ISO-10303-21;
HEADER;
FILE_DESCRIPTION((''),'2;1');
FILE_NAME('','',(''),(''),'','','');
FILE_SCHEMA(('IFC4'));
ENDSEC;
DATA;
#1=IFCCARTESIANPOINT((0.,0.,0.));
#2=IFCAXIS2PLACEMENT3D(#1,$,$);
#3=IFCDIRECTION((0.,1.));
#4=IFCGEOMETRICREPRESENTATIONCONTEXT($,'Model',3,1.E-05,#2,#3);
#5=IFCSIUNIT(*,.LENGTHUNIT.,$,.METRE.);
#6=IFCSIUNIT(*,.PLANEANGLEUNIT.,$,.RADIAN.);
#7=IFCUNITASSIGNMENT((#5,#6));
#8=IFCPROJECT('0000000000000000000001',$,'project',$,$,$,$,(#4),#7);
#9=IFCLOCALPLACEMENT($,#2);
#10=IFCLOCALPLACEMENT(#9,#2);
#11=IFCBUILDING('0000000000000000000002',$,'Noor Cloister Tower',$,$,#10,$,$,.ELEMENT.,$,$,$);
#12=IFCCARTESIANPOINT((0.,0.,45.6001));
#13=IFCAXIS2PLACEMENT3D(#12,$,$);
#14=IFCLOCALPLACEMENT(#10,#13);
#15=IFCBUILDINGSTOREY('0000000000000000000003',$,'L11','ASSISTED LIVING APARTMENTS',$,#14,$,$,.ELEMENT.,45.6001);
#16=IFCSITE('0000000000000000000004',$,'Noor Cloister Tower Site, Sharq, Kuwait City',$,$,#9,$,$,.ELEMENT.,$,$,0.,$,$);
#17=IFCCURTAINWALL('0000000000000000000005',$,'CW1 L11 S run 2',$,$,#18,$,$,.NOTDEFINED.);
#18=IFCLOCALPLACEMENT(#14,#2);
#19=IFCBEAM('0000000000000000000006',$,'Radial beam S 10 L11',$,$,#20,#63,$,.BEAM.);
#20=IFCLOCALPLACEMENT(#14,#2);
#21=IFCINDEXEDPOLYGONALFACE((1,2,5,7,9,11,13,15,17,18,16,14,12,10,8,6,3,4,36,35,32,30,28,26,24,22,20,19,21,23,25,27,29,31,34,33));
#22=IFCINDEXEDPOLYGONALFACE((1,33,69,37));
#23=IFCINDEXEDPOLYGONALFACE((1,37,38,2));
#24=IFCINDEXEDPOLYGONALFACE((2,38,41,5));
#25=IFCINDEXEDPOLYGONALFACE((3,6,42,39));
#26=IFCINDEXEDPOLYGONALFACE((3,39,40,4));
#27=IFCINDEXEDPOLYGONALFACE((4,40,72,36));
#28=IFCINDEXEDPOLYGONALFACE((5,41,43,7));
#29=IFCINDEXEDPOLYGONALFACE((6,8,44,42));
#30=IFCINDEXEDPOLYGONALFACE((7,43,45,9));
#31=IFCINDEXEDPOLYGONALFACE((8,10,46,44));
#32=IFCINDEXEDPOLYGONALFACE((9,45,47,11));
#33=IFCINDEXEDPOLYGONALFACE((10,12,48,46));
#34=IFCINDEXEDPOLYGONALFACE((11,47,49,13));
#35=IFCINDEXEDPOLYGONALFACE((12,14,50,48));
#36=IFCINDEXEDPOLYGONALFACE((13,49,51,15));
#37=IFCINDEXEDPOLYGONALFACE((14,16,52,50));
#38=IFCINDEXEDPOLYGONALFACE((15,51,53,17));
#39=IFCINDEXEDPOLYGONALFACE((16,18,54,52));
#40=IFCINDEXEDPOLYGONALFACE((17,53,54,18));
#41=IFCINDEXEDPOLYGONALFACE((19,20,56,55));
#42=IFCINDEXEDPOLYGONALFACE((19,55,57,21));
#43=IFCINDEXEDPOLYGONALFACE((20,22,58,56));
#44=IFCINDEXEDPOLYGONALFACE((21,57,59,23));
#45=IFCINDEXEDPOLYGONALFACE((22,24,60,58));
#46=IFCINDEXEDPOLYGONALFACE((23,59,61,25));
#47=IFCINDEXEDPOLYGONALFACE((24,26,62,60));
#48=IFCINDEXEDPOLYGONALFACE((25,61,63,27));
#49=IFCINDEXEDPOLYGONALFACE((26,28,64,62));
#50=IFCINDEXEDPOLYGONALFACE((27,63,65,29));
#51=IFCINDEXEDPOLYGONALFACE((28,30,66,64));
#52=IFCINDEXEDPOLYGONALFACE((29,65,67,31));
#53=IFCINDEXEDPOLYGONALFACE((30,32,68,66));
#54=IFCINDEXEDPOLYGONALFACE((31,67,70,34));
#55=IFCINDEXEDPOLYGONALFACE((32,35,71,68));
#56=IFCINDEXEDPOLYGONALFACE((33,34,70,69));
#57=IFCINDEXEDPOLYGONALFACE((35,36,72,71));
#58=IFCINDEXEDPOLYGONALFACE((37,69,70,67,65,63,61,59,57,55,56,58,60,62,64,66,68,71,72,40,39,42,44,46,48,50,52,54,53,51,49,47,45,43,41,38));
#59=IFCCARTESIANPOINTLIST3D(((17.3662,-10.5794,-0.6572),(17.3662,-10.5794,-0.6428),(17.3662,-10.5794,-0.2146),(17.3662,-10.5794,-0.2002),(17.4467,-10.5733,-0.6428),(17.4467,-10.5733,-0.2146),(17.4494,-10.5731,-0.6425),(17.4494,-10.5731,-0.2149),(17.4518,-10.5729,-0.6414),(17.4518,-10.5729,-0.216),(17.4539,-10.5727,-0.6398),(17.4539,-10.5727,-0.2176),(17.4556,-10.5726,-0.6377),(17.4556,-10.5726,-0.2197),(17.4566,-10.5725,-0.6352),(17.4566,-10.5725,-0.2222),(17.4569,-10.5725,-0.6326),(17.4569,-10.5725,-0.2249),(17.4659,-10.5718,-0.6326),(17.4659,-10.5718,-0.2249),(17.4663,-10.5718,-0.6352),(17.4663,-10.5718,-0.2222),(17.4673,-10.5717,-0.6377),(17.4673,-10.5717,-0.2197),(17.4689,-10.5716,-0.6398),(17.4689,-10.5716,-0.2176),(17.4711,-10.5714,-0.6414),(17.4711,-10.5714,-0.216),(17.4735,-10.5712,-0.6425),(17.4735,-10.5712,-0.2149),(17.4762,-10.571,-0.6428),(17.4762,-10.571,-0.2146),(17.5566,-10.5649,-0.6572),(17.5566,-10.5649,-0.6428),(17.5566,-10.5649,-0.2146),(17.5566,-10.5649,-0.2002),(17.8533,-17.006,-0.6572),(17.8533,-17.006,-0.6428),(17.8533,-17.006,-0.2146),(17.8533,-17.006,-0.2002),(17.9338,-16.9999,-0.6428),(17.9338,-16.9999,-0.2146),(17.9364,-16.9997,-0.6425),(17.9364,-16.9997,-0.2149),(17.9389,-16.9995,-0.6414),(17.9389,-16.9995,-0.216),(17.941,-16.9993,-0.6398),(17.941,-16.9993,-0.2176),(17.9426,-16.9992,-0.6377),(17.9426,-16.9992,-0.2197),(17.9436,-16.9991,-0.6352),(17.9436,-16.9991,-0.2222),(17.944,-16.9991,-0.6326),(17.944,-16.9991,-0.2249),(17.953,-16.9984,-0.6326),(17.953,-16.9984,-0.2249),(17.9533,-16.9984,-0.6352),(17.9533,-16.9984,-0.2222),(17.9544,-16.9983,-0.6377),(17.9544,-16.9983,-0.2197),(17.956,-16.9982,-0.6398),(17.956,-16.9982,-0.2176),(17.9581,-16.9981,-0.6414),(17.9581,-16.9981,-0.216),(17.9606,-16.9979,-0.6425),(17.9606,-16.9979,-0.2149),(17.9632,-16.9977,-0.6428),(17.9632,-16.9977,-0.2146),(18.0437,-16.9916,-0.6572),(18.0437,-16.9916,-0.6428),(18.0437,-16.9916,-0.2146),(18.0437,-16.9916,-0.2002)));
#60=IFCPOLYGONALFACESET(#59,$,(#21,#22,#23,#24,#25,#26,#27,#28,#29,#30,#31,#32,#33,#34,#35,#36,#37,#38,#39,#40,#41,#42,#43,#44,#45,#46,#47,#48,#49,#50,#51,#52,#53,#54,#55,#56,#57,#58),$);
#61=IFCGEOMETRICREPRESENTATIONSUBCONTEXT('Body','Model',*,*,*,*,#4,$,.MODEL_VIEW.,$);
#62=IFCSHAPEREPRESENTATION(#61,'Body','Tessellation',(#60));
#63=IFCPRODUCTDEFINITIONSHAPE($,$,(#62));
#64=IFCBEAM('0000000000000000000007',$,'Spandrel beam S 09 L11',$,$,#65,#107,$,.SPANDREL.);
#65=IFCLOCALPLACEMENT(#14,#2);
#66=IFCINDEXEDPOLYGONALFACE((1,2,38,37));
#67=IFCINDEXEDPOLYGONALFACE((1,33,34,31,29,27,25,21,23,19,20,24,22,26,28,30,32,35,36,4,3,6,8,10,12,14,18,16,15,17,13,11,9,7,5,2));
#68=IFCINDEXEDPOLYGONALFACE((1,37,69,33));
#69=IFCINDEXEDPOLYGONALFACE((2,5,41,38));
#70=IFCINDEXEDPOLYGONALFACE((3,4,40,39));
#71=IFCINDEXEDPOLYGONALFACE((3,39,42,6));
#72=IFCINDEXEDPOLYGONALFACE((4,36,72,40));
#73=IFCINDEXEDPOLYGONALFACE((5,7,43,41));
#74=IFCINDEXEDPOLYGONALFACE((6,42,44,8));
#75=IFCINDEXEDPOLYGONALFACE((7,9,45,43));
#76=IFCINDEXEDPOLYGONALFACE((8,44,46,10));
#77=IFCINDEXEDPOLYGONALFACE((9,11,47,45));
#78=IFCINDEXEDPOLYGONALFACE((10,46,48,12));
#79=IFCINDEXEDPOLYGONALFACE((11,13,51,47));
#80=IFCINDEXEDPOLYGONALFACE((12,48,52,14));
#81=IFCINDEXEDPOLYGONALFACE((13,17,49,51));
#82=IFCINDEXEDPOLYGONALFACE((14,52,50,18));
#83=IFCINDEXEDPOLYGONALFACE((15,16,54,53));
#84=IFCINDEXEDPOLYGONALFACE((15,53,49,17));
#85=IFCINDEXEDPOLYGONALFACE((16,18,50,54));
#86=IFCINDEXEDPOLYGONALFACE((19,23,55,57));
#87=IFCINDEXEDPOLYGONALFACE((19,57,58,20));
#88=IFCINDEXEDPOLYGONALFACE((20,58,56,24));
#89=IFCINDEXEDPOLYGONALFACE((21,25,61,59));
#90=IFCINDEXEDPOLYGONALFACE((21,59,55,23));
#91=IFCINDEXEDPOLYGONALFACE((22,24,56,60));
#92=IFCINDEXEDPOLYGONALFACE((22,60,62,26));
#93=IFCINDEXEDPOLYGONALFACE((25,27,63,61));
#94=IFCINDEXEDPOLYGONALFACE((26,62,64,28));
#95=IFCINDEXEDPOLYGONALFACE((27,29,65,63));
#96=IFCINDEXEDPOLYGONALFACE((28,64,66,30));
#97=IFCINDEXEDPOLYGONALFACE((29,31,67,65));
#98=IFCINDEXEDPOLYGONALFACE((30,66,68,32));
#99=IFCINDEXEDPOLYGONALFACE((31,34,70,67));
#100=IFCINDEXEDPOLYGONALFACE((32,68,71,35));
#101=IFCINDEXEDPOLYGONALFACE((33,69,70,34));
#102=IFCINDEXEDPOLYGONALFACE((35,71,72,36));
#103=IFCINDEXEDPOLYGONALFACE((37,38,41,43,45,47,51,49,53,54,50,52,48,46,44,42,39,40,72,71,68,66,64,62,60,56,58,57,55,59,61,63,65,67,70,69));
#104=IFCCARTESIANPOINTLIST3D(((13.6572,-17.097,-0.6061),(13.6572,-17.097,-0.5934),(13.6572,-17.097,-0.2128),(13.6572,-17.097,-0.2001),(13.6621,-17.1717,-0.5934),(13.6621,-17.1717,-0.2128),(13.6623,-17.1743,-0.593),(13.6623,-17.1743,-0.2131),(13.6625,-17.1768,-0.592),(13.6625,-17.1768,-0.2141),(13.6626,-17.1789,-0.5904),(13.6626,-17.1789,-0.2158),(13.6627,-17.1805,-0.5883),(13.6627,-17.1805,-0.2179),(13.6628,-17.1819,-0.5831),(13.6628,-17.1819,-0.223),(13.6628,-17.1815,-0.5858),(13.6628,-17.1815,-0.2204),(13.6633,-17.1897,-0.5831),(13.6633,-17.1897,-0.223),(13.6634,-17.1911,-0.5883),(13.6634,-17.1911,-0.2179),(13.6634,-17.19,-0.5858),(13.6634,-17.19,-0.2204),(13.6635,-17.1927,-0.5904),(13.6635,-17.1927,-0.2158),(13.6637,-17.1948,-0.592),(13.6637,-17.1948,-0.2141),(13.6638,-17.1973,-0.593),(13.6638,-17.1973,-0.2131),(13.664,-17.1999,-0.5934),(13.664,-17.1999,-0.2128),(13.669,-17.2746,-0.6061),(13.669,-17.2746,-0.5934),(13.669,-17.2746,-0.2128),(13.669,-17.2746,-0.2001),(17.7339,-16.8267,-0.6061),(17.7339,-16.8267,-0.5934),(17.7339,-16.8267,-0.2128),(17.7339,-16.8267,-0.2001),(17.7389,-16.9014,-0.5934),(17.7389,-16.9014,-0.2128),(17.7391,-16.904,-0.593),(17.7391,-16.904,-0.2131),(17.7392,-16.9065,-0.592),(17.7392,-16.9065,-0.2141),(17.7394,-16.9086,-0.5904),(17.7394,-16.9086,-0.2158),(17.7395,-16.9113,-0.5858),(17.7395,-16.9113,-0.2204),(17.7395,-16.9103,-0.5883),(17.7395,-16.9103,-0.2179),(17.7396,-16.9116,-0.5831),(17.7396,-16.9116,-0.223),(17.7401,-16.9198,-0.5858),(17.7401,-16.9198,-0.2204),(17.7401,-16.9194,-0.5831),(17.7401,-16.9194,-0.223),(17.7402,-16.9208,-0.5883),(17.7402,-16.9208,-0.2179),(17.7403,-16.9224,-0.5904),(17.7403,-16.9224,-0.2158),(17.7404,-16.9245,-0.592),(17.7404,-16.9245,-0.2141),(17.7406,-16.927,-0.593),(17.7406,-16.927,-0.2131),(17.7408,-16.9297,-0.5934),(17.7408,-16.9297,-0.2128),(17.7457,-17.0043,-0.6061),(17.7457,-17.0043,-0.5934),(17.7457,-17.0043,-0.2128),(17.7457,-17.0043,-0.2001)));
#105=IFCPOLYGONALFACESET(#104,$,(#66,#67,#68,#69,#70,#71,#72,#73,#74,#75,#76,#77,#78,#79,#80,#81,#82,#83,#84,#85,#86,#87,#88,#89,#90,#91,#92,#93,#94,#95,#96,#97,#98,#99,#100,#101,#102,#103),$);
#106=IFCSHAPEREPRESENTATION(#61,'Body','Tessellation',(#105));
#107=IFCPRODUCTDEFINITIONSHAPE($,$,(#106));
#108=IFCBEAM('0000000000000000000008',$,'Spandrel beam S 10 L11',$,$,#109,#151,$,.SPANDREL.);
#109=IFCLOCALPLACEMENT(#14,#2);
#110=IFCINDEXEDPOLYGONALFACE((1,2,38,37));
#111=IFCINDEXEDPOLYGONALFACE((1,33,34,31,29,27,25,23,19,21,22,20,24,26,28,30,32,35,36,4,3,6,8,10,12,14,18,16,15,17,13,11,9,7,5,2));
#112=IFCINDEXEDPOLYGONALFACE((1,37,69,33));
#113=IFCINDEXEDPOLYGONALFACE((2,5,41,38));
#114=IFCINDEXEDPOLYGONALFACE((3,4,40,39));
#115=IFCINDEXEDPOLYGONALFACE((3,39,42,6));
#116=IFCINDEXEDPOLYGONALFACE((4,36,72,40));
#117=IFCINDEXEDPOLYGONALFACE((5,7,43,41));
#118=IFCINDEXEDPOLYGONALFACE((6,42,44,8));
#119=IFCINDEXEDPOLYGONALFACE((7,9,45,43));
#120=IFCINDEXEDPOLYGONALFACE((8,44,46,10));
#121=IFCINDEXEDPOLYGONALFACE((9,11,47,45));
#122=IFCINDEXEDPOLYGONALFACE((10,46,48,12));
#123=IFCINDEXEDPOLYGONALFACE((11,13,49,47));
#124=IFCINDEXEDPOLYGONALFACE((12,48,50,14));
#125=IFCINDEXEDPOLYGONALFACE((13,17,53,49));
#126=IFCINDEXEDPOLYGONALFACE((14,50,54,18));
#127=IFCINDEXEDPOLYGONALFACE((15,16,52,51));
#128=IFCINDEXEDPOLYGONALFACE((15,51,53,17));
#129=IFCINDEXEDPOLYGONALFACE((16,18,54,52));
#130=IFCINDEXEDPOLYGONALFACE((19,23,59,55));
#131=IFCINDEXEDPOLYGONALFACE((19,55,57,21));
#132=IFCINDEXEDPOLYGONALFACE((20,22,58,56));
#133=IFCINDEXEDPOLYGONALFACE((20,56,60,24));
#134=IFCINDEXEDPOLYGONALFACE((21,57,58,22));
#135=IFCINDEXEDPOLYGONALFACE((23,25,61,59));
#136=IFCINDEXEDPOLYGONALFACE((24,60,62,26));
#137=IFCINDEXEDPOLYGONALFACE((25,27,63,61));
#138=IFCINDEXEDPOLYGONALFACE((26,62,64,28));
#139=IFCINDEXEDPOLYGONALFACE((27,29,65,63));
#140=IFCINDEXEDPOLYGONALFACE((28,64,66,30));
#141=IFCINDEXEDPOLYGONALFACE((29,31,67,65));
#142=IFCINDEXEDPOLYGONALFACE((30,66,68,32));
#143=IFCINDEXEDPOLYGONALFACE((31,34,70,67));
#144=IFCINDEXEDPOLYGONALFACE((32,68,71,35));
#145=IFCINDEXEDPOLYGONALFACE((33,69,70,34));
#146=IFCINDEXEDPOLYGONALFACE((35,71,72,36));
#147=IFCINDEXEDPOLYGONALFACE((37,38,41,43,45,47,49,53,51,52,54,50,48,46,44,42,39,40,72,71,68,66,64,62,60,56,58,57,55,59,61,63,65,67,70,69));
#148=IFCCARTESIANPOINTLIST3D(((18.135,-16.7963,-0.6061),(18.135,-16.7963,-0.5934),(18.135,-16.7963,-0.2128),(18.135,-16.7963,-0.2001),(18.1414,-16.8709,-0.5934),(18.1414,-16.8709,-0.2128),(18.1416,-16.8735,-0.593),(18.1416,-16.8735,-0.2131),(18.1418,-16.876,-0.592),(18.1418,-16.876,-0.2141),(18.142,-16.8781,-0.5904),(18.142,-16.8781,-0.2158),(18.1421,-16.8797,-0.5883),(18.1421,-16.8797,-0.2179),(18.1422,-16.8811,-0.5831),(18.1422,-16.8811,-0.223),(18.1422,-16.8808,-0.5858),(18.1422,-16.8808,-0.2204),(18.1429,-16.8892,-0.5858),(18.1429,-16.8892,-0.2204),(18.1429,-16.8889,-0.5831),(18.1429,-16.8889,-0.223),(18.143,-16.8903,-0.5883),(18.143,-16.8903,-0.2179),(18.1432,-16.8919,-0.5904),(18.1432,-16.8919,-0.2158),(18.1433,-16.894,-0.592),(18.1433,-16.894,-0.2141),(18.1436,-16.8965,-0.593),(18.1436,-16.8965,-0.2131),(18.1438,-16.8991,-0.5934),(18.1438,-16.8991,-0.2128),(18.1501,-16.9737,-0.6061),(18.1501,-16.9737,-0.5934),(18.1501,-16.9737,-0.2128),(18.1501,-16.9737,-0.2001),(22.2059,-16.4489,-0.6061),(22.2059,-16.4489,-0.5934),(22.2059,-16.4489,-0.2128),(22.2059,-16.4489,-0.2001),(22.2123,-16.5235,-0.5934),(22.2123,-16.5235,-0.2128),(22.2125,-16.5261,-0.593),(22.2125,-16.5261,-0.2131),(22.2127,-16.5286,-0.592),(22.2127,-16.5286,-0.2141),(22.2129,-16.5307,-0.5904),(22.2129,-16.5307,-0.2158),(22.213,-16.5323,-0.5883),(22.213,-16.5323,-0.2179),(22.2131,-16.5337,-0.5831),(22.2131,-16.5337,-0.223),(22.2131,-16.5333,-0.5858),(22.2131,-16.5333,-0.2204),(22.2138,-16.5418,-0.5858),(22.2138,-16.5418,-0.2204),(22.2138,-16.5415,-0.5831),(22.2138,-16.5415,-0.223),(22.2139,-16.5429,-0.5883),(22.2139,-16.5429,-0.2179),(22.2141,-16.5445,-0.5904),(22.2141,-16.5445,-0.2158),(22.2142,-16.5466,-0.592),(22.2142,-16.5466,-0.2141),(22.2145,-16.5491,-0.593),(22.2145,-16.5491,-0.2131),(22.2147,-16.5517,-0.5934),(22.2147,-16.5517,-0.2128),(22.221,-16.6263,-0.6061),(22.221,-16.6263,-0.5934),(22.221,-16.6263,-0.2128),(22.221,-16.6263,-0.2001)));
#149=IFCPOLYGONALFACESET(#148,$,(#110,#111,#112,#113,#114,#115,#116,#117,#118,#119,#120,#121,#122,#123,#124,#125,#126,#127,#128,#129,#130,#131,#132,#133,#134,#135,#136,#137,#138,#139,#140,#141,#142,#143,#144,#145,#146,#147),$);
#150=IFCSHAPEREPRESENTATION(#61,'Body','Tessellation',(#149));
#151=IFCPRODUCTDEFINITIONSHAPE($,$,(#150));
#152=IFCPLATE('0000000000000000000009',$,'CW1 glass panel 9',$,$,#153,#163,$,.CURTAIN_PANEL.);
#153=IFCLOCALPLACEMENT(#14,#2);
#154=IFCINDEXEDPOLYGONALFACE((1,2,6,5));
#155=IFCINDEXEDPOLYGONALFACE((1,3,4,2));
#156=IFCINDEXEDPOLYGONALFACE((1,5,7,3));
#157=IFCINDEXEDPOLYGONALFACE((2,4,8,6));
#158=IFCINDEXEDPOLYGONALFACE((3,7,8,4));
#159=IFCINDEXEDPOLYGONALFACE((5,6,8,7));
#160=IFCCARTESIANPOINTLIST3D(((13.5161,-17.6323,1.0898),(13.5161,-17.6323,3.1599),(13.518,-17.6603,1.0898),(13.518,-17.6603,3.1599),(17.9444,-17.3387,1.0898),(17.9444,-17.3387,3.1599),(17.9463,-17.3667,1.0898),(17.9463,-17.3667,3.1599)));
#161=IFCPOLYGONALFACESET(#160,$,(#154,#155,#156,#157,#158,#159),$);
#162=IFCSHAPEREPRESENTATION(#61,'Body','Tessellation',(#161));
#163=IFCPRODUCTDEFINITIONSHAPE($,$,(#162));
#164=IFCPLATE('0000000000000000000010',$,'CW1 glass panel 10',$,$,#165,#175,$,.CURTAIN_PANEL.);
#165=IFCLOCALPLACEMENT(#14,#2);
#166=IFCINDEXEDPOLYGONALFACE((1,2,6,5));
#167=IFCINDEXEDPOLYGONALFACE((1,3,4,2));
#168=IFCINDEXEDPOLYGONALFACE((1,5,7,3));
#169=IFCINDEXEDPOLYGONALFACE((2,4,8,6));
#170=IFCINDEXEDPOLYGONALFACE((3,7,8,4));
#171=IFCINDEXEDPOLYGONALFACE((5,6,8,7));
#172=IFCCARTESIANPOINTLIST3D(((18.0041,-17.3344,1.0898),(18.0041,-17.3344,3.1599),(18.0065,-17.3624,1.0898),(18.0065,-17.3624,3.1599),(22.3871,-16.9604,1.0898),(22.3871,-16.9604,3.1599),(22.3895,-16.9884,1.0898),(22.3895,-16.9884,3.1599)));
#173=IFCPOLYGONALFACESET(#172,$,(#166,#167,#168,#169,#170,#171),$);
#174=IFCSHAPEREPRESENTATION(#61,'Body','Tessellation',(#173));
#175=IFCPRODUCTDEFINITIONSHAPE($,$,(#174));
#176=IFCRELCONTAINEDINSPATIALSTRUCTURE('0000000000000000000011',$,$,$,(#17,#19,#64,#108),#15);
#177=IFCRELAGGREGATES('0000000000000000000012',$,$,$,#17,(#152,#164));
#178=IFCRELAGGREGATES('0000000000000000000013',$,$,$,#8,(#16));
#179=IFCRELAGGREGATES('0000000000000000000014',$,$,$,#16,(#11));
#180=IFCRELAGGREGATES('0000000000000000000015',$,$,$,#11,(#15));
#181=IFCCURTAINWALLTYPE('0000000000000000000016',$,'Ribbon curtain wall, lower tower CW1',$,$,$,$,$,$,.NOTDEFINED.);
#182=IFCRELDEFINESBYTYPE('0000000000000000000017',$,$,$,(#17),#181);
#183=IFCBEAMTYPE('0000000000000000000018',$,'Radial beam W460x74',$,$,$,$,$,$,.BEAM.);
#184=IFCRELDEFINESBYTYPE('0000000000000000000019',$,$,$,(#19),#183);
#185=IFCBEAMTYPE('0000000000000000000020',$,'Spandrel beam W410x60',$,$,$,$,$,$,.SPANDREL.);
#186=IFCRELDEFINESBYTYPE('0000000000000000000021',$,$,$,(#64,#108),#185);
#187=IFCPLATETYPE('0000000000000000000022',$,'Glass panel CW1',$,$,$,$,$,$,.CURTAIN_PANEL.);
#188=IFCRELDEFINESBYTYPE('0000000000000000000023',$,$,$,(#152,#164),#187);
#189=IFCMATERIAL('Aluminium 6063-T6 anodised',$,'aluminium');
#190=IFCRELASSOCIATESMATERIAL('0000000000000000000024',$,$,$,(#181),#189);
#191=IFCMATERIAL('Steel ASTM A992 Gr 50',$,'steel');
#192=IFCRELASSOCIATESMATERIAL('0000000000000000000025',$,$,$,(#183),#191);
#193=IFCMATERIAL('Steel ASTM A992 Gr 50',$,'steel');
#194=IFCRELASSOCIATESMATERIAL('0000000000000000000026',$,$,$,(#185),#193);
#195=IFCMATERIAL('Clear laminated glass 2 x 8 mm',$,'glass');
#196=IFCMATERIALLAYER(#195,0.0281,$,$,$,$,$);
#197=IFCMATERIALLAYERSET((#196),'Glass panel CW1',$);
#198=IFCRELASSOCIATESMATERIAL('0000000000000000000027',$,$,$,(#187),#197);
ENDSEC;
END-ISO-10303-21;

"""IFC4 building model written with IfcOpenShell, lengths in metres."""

from ifc_helpers import new_model, si_unit, direction, frame, origin, origin_2d, place, context, subcontext, project, spatial, rectangle, i_section, extrude, material, layer, layer_set, material_profile, profile_set, type_object, element, aggregate, save


model = new_model("IFC4")

# Units and contexts
model_context = context("Model", 3, precision=1e-05, world=origin(), true_north=direction((0.0, 1.0)))
body_context = subcontext(model_context, "Body", "Model", "MODEL_VIEW")
ifc_project = project(units=[si_unit("LENGTHUNIT", "METRE"), si_unit("PLANEANGLEUNIT", "RADIAN")], contexts=[model_context])

# Site, building, storey
site_placement = place(None, origin())
site = spatial("IfcSite", under=ifc_project, at=site_placement, Name="Noor Cloister Tower Site, Sharq, Kuwait City", CompositionType="ELEMENT", RefElevation=0.0)
building_placement = place(site_placement, origin())
building = spatial("IfcBuilding", under=site, at=building_placement, Name="Noor Cloister Tower", CompositionType="ELEMENT")
storey_placement = place(building_placement, frame((0.0, 0.0, 45.6001)))
storey = spatial("IfcBuildingStorey", under=building, at=storey_placement, Name="L11", Description="ASSISTED LIVING APARTMENTS", CompositionType="ELEMENT", Elevation=45.6001)

# Curtain wall
ifc_material_1 = material(Name="Aluminium 6063-T6 anodised", Category="aluminium")
curtain_wall_type = type_object("IfcCurtainWallType", Name="Ribbon curtain wall, lower tower CW1", PredefinedType="NOTDEFINED", material=ifc_material_1)
curtain_wall_placement = place(storey_placement, origin())
curtain_wall = element("IfcCurtainWall", 1, at=curtain_wall_placement, inside=storey, type_object=curtain_wall_type, Name="CW1 L11 S run 2", PredefinedType="NOTDEFINED")

# Beams
ifc_material_2 = material(Name="Steel ASTM A992 Gr 50", Category="steel")
ifc_material_profile_1 = material_profile(ifc_material_2, i_section(OverallWidth=0.1909, OverallDepth=0.457, WebThickness=0.009, FlangeThickness=0.0144, FilletRadius=0.0103, at=origin_2d()), Name="W460x74")
ifc_profile_set_1 = profile_set([ifc_material_profile_1], Name="Steel ASTM A992 Gr 50")
beam_type_1 = type_object("IfcBeamType", Name="Radial beam W460x74", PredefinedType="BEAM", material=ifc_profile_set_1)
beam_1_placement = place(storey_placement, frame((17.9485, -16.9988, -0.4287), z_axis=(-0.07557, 0.997141, 0.0), x_axis=(-0.997141, -0.07557, 0.0)))
element("IfcBeam", 2, at=beam_1_placement, inside=storey, type_object=beam_type_1, Name="Radial beam S 10 L11", PredefinedType="BEAM", context=body_context, shape_type="SweptSolid", body=[
    extrude(i_section(OverallWidth=0.1909, OverallDepth=0.457, WebThickness=0.009, FlangeThickness=0.0144, FilletRadius=0.0103, at=origin_2d()), origin(), (0.0, 0.0, 1.0), 6.4451),
])
ifc_material_3 = material(Name="Steel ASTM A992 Gr 50", Category="steel")
ifc_material_profile_2 = material_profile(ifc_material_3, i_section(OverallWidth=0.178, OverallDepth=0.406, WebThickness=0.0078, FlangeThickness=0.0127, FilletRadius=0.0103, at=origin_2d()), Name="W410x60")
ifc_profile_set_2 = profile_set([ifc_material_profile_2], Name="Steel ASTM A992 Gr 50")
beam_type_2 = type_object("IfcBeamType", Name="Spandrel beam W410x60", PredefinedType="SPANDREL", material=ifc_profile_set_2)
for number, where, z_axis, x_axis, name in (
    (3, (13.6631, -17.1858, -0.4031), (0.99781, 0.06615, 0.0), (-0.06615, 0.99781, 0.0), "Spandrel beam S 09 L11"),
    (4, (18.1426, -16.885, -0.4031), (0.996378, 0.085033, 0.0), (-0.085033, 0.996378, 0.0), "Spandrel beam S 10 L11"),
):
    element("IfcBeam", number, at=place(storey_placement, frame(where, z_axis=z_axis, x_axis=x_axis)), inside=storey, type_object=beam_type_2, Name=name, PredefinedType="SPANDREL", context=body_context, shape_type="SweptSolid", body=[
        extrude(i_section(OverallWidth=0.178, OverallDepth=0.406, WebThickness=0.0078, FlangeThickness=0.0127, FilletRadius=0.0103, at=origin_2d()), origin(), (0.0, 0.0, 1.0), 4.0857),
    ])

# Plates
ifc_material_4 = material(Name="Clear laminated glass 2 x 8 mm", Category="glass")
ifc_layer_1 = layer(ifc_material_4, 0.0281)
ifc_layer_set_1 = layer_set([ifc_layer_1], Name="Glass panel CW1")
plate_type = type_object("IfcPlateType", Name="Glass panel CW1", PredefinedType="CURTAIN_PANEL", material=ifc_layer_set_1)
plate_1_placement = place(storey_placement, frame((15.7312, -17.4995, 1.0898), z_axis=(0.0, 0.0, 1.0), x_axis=(0.997809, 0.066157, 0.0)))
plate_1 = element("IfcPlate", 5, at=plate_1_placement, type_object=plate_type, Name="CW1 glass panel 9", PredefinedType="CURTAIN_PANEL", context=body_context, shape_type="SweptSolid", body=[
    extrude(rectangle(XDim=4.438, YDim=0.0281, at=origin_2d()), origin(), (0.0, 0.0, 1.0), 2.0701),
])
plate_2_placement = place(storey_placement, frame((20.1968, -17.1614, 1.0898), z_axis=(0.0, 0.0, 1.0), x_axis=(0.996379, 0.085019, 0.0)))
plate_2 = element("IfcPlate", 6, at=plate_2_placement, type_object=plate_type, Name="CW1 glass panel 10", PredefinedType="CURTAIN_PANEL", context=body_context, shape_type="SweptSolid", body=[
    extrude(rectangle(XDim=4.3989, YDim=0.0281, at=origin_2d()), origin(), (0.0, 0.0, 1.0), 2.0701),
])
aggregate(curtain_wall, [plate_1, plate_2])

save(model, "model.ifc")
